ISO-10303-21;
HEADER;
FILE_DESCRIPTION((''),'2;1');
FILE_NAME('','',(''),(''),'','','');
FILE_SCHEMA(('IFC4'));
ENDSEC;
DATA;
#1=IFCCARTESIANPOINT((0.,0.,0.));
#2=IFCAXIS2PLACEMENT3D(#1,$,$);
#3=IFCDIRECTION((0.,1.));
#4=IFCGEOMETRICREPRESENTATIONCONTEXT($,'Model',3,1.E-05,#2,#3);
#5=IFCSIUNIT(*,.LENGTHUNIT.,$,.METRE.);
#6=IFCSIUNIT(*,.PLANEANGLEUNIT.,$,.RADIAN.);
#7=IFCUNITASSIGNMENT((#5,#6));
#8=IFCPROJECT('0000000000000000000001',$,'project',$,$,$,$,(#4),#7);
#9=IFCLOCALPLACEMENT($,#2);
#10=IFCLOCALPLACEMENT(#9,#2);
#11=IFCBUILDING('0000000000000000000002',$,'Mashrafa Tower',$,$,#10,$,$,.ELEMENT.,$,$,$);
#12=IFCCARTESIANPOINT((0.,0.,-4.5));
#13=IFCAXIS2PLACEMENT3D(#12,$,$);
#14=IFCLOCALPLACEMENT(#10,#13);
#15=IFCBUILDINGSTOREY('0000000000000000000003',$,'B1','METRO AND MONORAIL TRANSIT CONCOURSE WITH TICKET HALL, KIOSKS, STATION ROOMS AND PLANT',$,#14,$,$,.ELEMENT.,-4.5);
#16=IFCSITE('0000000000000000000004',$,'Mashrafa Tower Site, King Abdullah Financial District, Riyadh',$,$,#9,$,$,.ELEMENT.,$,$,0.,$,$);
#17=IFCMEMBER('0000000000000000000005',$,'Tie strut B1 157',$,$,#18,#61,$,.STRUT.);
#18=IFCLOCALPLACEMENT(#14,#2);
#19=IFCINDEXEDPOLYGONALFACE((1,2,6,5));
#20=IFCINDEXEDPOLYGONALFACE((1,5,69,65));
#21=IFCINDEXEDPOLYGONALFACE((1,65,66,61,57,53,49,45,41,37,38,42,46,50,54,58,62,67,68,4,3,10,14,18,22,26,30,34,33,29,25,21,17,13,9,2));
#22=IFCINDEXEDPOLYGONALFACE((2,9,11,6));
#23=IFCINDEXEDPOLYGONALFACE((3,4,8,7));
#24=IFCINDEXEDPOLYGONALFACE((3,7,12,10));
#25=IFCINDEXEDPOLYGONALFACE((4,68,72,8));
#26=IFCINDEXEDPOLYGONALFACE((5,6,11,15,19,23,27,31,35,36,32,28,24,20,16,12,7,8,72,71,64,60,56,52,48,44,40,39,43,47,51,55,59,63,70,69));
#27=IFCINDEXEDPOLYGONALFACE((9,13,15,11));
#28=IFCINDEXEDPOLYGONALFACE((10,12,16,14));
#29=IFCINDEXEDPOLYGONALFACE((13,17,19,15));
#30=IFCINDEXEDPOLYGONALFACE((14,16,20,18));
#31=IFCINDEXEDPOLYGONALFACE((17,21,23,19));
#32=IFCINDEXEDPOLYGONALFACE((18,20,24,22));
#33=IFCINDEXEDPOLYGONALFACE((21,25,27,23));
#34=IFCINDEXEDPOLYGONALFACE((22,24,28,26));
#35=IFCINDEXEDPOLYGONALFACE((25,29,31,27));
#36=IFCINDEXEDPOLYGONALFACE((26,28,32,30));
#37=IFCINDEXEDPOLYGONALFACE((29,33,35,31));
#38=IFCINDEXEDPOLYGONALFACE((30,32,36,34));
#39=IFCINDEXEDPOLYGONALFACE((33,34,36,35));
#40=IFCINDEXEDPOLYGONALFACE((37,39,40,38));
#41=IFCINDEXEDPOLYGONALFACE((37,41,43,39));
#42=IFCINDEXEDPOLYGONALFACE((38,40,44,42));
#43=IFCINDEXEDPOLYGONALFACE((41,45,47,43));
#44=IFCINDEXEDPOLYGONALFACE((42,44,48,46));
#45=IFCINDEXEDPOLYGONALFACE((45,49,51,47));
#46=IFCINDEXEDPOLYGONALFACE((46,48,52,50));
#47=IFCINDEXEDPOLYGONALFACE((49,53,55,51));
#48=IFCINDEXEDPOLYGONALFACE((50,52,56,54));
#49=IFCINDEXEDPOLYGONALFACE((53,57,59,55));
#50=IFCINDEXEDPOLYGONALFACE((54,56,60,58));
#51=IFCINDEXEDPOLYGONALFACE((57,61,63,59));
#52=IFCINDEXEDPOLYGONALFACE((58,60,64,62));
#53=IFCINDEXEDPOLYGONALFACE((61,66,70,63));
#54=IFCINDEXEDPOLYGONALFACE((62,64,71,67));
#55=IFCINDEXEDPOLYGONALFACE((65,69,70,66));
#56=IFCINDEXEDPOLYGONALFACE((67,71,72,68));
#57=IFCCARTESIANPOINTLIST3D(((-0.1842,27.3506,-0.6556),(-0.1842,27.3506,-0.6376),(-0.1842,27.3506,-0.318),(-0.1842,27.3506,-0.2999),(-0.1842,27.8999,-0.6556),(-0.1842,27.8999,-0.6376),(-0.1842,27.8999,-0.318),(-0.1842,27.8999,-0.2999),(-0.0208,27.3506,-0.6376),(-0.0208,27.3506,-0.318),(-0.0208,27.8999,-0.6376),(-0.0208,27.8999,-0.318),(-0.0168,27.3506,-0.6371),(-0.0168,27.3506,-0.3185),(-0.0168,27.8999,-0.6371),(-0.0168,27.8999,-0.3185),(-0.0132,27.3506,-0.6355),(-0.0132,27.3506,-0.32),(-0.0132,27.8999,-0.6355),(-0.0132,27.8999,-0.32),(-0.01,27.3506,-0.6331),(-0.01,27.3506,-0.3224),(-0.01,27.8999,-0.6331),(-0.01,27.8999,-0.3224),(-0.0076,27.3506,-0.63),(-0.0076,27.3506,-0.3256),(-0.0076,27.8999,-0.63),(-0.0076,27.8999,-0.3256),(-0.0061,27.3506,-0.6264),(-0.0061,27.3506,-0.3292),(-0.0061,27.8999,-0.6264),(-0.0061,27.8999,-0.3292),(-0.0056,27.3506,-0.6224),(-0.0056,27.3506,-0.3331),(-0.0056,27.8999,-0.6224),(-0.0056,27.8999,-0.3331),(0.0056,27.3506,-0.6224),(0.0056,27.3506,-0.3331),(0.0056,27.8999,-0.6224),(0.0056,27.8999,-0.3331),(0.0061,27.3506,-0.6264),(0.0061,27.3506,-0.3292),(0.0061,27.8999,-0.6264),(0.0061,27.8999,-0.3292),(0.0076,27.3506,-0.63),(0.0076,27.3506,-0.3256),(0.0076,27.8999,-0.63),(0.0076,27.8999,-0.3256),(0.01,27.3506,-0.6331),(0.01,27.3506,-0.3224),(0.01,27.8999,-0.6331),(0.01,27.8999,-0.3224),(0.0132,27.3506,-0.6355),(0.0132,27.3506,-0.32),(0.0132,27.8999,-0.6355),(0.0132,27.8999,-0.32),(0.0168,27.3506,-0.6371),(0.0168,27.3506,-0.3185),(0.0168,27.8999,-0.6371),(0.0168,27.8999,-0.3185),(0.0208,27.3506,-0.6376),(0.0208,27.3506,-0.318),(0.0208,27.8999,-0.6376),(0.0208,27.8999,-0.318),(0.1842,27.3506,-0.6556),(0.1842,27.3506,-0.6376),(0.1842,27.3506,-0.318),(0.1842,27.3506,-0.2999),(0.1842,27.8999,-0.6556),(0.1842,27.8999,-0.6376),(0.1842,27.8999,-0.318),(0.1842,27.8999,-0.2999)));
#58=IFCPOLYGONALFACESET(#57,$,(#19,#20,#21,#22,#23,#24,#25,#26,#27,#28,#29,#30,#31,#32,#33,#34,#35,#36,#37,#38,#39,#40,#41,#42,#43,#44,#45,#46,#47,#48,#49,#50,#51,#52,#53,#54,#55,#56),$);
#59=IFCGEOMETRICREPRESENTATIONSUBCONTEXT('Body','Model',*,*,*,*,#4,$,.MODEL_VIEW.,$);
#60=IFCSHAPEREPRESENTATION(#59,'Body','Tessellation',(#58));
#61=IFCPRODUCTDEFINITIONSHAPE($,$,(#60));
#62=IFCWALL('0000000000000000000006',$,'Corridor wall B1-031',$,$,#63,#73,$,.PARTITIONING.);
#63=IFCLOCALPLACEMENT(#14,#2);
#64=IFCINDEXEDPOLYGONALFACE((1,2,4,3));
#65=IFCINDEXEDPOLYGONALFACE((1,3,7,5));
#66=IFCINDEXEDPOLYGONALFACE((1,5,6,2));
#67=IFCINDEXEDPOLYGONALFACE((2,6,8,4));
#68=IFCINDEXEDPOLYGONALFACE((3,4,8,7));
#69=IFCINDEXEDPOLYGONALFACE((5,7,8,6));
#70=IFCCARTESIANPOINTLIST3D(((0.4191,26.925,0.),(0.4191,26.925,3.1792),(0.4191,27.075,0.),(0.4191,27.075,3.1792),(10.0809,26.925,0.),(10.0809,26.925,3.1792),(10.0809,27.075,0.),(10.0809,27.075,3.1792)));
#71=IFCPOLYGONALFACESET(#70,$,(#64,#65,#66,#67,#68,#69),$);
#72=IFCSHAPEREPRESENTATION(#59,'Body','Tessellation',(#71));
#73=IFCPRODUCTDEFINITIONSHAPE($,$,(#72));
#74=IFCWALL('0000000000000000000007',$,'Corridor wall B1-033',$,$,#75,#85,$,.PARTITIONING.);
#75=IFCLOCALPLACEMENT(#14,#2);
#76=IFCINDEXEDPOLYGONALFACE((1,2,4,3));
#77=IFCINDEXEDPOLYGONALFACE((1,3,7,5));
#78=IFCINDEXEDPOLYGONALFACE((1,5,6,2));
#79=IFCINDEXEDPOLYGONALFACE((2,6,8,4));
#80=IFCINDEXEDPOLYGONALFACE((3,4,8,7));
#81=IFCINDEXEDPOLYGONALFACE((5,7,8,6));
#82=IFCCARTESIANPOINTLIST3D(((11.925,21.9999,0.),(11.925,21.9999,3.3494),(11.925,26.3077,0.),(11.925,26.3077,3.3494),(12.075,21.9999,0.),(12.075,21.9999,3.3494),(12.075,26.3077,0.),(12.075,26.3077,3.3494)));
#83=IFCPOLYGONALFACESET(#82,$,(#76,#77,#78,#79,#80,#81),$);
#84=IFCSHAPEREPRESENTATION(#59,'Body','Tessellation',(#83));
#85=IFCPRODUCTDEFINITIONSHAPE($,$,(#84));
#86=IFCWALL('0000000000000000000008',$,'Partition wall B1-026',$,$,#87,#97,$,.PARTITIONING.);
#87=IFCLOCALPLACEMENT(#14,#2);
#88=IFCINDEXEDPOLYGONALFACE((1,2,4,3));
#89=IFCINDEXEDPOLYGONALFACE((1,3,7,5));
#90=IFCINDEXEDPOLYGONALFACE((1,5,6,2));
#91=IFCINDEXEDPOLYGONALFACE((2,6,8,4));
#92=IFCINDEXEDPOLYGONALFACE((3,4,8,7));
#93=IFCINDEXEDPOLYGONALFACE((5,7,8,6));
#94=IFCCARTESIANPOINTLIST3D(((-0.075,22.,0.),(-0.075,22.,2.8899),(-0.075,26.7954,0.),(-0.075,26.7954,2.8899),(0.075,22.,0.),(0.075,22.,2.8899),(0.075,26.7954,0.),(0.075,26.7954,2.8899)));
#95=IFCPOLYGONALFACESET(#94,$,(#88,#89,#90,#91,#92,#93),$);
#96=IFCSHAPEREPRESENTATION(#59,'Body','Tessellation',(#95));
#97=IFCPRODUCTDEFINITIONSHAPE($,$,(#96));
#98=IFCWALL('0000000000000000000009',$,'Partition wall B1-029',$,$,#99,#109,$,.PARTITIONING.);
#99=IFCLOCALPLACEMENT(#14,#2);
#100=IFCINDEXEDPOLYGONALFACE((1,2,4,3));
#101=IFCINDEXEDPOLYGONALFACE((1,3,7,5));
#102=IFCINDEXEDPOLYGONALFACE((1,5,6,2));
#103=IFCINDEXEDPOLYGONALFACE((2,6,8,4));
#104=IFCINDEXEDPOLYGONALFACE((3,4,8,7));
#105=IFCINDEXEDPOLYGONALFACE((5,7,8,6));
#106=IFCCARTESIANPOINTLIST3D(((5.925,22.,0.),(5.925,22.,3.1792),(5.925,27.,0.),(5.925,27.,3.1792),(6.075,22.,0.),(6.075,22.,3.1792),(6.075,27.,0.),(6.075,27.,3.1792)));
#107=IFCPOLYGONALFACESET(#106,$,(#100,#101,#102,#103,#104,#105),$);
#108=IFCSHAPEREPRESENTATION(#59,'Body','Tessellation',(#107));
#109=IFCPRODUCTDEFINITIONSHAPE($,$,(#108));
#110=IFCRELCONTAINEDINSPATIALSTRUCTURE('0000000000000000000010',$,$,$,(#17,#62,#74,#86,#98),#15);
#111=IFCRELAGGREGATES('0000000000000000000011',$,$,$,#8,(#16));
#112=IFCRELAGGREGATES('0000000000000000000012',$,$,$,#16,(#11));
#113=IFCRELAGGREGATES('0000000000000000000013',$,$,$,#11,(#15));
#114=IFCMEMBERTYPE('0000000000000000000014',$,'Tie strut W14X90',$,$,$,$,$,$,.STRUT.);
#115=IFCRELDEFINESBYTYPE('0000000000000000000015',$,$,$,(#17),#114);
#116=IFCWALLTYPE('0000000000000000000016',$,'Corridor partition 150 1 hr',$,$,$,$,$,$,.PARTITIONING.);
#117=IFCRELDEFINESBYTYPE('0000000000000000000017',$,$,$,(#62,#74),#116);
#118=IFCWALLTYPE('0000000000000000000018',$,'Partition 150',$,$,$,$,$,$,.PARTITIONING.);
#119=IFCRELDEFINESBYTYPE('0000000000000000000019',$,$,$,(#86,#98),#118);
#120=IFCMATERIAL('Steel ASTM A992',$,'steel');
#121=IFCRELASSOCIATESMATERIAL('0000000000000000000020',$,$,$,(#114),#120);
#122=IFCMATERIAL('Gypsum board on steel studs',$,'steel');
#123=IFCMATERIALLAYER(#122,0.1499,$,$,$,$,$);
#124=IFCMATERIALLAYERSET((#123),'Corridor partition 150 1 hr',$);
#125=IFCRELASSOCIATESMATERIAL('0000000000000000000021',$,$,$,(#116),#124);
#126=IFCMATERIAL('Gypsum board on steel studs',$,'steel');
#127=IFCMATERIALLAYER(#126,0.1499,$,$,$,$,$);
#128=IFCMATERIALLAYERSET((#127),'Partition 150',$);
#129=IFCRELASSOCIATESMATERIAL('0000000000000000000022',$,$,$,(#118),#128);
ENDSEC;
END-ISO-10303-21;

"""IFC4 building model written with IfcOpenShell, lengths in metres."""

from ifc_helpers import new_model, si_unit, direction, frame, frame_2d, origin, origin_2d, place, context, subcontext, project, spatial, rectangle, i_section, extrude, source, transform, mapped, material, layer, layer_set, material_profile, profile_set, type_object, element, save


model = new_model("IFC4")

# Units and contexts
model_context = context("Model", 3, precision=1e-05, world=origin(), true_north=direction((0.0, 1.0)))
body_context = subcontext(model_context, "Body", "Model", "MODEL_VIEW")
ifc_project = project(units=[si_unit("LENGTHUNIT", "METRE"), si_unit("PLANEANGLEUNIT", "RADIAN")], contexts=[model_context])

# Site, building, storey
site_placement = place(None, origin())
site = spatial("IfcSite", under=ifc_project, at=site_placement, Name="Mashrafa Tower Site, King Abdullah Financial District, Riyadh", CompositionType="ELEMENT", RefElevation=0.0)
building_placement = place(site_placement, origin())
building = spatial("IfcBuilding", under=site, at=building_placement, Name="Mashrafa Tower", CompositionType="ELEMENT")
storey_placement = place(building_placement, frame((0.0, 0.0, -4.5)))
storey = spatial("IfcBuildingStorey", under=building, at=storey_placement, Name="B1", Description="METRO AND MONORAIL TRANSIT CONCOURSE WITH TICKET HALL, KIOSKS, STATION ROOMS AND PLANT", CompositionType="ELEMENT", Elevation=-4.5)

# Member
ifc_material_1 = material(Name="Steel ASTM A992", Category="steel")
ifc_material_profile_1 = material_profile(ifc_material_1, i_section(OverallWidth=0.3684, OverallDepth=0.3557, WebThickness=0.0112, FlangeThickness=0.0181, FilletRadius=0.0151, at=origin_2d()), Name="W14X90")
ifc_profile_set_1 = profile_set([ifc_material_profile_1], Name="Steel ASTM A992")
member_type = type_object("IfcMemberType", Name="Tie strut W14X90", PredefinedType="STRUT", material=ifc_profile_set_1)
shared_shape_1 = source(origin(), body_context, "Body", "SweptSolid", [
    extrude(i_section(OverallWidth=0.3684, OverallDepth=0.3557, WebThickness=0.0112, FlangeThickness=0.0181, FilletRadius=0.0151, at=origin_2d()), origin(), (0.0, 0.0, 1.0), 0.5493),
])
member_1_placement = place(storey_placement, frame((0.0, 27.3506, -0.4778), z_axis=(0.0, 1.0, 0.0), x_axis=(-1.0, 0.0, 0.0)))
element("IfcMember", 1, at=member_1_placement, inside=storey, type_object=member_type, Name="Tie strut B1 157", PredefinedType="STRUT", context=body_context, shape_type="MappedRepresentation", body=[
    mapped(shared_shape_1, transform((0.0, 0.0, 0.0))),
])

# Walls
ifc_material_2 = material(Name="Gypsum board on steel studs", Category="steel")
ifc_layer_1 = layer(ifc_material_2, 0.1499)
ifc_layer_set_1 = layer_set([ifc_layer_1], Name="Corridor partition 150 1 hr")
wall_type_1 = type_object("IfcWallType", Name="Corridor partition 150 1 hr", PredefinedType="PARTITIONING", material=ifc_layer_set_1)
wall_1_placement = place(storey_placement, frame((0.4189, 27.0, 0.0), z_axis=(0.0, 0.0, 1.0), x_axis=(1.0, 0.0, 0.0)))
element("IfcWall", 2, at=wall_1_placement, inside=storey, type_object=wall_type_1, Name="Corridor wall B1-031", PredefinedType="PARTITIONING", context=body_context, shape_type="SweptSolid", body=[
    extrude(rectangle(XDim=9.6619, YDim=0.1499, at=frame_2d((4.8311, 0.0))), origin(), (0.0, 0.0, 1.0), 3.1792),
])
wall_2_placement = place(storey_placement, frame((12.0, 22.0, 0.0), z_axis=(0.0, 0.0, 1.0), x_axis=(0.0, 1.0, 0.0)))
element("IfcWall", 3, at=wall_2_placement, inside=storey, type_object=wall_type_1, Name="Corridor wall B1-033", PredefinedType="PARTITIONING", context=body_context, shape_type="SweptSolid", body=[
    extrude(rectangle(XDim=4.3079, YDim=0.1499, at=frame_2d((2.1538, 0.0))), origin(), (0.0, 0.0, 1.0), 3.3494),
])
ifc_material_3 = material(Name="Gypsum board on steel studs", Category="steel")
ifc_layer_2 = layer(ifc_material_3, 0.1499)
ifc_layer_set_2 = layer_set([ifc_layer_2], Name="Partition 150")
wall_type_2 = type_object("IfcWallType", Name="Partition 150", PredefinedType="PARTITIONING", material=ifc_layer_set_2)
wall_3_placement = place(storey_placement, frame((0.0, 22.0, 0.0), z_axis=(0.0, 0.0, 1.0), x_axis=(0.0, 1.0, 0.0)))
element("IfcWall", 4, at=wall_3_placement, inside=storey, type_object=wall_type_2, Name="Partition wall B1-026", PredefinedType="PARTITIONING", context=body_context, shape_type="SweptSolid", body=[
    extrude(rectangle(XDim=4.7954, YDim=0.1499, at=frame_2d((2.3977, 0.0))), origin(), (0.0, 0.0, 1.0), 2.8899),
])
wall_4_placement = place(storey_placement, frame((6.0, 22.0, 0.0), z_axis=(0.0, 0.0, 1.0), x_axis=(0.0, 1.0, 0.0)))
element("IfcWall", 5, at=wall_4_placement, inside=storey, type_object=wall_type_2, Name="Partition wall B1-029", PredefinedType="PARTITIONING", context=body_context, shape_type="SweptSolid", body=[
    extrude(rectangle(XDim=5.0, YDim=0.1499, at=frame_2d((2.5, 0.0))), origin(), (0.0, 0.0, 1.0), 3.1792),
])

save(model, "model.ifc")
